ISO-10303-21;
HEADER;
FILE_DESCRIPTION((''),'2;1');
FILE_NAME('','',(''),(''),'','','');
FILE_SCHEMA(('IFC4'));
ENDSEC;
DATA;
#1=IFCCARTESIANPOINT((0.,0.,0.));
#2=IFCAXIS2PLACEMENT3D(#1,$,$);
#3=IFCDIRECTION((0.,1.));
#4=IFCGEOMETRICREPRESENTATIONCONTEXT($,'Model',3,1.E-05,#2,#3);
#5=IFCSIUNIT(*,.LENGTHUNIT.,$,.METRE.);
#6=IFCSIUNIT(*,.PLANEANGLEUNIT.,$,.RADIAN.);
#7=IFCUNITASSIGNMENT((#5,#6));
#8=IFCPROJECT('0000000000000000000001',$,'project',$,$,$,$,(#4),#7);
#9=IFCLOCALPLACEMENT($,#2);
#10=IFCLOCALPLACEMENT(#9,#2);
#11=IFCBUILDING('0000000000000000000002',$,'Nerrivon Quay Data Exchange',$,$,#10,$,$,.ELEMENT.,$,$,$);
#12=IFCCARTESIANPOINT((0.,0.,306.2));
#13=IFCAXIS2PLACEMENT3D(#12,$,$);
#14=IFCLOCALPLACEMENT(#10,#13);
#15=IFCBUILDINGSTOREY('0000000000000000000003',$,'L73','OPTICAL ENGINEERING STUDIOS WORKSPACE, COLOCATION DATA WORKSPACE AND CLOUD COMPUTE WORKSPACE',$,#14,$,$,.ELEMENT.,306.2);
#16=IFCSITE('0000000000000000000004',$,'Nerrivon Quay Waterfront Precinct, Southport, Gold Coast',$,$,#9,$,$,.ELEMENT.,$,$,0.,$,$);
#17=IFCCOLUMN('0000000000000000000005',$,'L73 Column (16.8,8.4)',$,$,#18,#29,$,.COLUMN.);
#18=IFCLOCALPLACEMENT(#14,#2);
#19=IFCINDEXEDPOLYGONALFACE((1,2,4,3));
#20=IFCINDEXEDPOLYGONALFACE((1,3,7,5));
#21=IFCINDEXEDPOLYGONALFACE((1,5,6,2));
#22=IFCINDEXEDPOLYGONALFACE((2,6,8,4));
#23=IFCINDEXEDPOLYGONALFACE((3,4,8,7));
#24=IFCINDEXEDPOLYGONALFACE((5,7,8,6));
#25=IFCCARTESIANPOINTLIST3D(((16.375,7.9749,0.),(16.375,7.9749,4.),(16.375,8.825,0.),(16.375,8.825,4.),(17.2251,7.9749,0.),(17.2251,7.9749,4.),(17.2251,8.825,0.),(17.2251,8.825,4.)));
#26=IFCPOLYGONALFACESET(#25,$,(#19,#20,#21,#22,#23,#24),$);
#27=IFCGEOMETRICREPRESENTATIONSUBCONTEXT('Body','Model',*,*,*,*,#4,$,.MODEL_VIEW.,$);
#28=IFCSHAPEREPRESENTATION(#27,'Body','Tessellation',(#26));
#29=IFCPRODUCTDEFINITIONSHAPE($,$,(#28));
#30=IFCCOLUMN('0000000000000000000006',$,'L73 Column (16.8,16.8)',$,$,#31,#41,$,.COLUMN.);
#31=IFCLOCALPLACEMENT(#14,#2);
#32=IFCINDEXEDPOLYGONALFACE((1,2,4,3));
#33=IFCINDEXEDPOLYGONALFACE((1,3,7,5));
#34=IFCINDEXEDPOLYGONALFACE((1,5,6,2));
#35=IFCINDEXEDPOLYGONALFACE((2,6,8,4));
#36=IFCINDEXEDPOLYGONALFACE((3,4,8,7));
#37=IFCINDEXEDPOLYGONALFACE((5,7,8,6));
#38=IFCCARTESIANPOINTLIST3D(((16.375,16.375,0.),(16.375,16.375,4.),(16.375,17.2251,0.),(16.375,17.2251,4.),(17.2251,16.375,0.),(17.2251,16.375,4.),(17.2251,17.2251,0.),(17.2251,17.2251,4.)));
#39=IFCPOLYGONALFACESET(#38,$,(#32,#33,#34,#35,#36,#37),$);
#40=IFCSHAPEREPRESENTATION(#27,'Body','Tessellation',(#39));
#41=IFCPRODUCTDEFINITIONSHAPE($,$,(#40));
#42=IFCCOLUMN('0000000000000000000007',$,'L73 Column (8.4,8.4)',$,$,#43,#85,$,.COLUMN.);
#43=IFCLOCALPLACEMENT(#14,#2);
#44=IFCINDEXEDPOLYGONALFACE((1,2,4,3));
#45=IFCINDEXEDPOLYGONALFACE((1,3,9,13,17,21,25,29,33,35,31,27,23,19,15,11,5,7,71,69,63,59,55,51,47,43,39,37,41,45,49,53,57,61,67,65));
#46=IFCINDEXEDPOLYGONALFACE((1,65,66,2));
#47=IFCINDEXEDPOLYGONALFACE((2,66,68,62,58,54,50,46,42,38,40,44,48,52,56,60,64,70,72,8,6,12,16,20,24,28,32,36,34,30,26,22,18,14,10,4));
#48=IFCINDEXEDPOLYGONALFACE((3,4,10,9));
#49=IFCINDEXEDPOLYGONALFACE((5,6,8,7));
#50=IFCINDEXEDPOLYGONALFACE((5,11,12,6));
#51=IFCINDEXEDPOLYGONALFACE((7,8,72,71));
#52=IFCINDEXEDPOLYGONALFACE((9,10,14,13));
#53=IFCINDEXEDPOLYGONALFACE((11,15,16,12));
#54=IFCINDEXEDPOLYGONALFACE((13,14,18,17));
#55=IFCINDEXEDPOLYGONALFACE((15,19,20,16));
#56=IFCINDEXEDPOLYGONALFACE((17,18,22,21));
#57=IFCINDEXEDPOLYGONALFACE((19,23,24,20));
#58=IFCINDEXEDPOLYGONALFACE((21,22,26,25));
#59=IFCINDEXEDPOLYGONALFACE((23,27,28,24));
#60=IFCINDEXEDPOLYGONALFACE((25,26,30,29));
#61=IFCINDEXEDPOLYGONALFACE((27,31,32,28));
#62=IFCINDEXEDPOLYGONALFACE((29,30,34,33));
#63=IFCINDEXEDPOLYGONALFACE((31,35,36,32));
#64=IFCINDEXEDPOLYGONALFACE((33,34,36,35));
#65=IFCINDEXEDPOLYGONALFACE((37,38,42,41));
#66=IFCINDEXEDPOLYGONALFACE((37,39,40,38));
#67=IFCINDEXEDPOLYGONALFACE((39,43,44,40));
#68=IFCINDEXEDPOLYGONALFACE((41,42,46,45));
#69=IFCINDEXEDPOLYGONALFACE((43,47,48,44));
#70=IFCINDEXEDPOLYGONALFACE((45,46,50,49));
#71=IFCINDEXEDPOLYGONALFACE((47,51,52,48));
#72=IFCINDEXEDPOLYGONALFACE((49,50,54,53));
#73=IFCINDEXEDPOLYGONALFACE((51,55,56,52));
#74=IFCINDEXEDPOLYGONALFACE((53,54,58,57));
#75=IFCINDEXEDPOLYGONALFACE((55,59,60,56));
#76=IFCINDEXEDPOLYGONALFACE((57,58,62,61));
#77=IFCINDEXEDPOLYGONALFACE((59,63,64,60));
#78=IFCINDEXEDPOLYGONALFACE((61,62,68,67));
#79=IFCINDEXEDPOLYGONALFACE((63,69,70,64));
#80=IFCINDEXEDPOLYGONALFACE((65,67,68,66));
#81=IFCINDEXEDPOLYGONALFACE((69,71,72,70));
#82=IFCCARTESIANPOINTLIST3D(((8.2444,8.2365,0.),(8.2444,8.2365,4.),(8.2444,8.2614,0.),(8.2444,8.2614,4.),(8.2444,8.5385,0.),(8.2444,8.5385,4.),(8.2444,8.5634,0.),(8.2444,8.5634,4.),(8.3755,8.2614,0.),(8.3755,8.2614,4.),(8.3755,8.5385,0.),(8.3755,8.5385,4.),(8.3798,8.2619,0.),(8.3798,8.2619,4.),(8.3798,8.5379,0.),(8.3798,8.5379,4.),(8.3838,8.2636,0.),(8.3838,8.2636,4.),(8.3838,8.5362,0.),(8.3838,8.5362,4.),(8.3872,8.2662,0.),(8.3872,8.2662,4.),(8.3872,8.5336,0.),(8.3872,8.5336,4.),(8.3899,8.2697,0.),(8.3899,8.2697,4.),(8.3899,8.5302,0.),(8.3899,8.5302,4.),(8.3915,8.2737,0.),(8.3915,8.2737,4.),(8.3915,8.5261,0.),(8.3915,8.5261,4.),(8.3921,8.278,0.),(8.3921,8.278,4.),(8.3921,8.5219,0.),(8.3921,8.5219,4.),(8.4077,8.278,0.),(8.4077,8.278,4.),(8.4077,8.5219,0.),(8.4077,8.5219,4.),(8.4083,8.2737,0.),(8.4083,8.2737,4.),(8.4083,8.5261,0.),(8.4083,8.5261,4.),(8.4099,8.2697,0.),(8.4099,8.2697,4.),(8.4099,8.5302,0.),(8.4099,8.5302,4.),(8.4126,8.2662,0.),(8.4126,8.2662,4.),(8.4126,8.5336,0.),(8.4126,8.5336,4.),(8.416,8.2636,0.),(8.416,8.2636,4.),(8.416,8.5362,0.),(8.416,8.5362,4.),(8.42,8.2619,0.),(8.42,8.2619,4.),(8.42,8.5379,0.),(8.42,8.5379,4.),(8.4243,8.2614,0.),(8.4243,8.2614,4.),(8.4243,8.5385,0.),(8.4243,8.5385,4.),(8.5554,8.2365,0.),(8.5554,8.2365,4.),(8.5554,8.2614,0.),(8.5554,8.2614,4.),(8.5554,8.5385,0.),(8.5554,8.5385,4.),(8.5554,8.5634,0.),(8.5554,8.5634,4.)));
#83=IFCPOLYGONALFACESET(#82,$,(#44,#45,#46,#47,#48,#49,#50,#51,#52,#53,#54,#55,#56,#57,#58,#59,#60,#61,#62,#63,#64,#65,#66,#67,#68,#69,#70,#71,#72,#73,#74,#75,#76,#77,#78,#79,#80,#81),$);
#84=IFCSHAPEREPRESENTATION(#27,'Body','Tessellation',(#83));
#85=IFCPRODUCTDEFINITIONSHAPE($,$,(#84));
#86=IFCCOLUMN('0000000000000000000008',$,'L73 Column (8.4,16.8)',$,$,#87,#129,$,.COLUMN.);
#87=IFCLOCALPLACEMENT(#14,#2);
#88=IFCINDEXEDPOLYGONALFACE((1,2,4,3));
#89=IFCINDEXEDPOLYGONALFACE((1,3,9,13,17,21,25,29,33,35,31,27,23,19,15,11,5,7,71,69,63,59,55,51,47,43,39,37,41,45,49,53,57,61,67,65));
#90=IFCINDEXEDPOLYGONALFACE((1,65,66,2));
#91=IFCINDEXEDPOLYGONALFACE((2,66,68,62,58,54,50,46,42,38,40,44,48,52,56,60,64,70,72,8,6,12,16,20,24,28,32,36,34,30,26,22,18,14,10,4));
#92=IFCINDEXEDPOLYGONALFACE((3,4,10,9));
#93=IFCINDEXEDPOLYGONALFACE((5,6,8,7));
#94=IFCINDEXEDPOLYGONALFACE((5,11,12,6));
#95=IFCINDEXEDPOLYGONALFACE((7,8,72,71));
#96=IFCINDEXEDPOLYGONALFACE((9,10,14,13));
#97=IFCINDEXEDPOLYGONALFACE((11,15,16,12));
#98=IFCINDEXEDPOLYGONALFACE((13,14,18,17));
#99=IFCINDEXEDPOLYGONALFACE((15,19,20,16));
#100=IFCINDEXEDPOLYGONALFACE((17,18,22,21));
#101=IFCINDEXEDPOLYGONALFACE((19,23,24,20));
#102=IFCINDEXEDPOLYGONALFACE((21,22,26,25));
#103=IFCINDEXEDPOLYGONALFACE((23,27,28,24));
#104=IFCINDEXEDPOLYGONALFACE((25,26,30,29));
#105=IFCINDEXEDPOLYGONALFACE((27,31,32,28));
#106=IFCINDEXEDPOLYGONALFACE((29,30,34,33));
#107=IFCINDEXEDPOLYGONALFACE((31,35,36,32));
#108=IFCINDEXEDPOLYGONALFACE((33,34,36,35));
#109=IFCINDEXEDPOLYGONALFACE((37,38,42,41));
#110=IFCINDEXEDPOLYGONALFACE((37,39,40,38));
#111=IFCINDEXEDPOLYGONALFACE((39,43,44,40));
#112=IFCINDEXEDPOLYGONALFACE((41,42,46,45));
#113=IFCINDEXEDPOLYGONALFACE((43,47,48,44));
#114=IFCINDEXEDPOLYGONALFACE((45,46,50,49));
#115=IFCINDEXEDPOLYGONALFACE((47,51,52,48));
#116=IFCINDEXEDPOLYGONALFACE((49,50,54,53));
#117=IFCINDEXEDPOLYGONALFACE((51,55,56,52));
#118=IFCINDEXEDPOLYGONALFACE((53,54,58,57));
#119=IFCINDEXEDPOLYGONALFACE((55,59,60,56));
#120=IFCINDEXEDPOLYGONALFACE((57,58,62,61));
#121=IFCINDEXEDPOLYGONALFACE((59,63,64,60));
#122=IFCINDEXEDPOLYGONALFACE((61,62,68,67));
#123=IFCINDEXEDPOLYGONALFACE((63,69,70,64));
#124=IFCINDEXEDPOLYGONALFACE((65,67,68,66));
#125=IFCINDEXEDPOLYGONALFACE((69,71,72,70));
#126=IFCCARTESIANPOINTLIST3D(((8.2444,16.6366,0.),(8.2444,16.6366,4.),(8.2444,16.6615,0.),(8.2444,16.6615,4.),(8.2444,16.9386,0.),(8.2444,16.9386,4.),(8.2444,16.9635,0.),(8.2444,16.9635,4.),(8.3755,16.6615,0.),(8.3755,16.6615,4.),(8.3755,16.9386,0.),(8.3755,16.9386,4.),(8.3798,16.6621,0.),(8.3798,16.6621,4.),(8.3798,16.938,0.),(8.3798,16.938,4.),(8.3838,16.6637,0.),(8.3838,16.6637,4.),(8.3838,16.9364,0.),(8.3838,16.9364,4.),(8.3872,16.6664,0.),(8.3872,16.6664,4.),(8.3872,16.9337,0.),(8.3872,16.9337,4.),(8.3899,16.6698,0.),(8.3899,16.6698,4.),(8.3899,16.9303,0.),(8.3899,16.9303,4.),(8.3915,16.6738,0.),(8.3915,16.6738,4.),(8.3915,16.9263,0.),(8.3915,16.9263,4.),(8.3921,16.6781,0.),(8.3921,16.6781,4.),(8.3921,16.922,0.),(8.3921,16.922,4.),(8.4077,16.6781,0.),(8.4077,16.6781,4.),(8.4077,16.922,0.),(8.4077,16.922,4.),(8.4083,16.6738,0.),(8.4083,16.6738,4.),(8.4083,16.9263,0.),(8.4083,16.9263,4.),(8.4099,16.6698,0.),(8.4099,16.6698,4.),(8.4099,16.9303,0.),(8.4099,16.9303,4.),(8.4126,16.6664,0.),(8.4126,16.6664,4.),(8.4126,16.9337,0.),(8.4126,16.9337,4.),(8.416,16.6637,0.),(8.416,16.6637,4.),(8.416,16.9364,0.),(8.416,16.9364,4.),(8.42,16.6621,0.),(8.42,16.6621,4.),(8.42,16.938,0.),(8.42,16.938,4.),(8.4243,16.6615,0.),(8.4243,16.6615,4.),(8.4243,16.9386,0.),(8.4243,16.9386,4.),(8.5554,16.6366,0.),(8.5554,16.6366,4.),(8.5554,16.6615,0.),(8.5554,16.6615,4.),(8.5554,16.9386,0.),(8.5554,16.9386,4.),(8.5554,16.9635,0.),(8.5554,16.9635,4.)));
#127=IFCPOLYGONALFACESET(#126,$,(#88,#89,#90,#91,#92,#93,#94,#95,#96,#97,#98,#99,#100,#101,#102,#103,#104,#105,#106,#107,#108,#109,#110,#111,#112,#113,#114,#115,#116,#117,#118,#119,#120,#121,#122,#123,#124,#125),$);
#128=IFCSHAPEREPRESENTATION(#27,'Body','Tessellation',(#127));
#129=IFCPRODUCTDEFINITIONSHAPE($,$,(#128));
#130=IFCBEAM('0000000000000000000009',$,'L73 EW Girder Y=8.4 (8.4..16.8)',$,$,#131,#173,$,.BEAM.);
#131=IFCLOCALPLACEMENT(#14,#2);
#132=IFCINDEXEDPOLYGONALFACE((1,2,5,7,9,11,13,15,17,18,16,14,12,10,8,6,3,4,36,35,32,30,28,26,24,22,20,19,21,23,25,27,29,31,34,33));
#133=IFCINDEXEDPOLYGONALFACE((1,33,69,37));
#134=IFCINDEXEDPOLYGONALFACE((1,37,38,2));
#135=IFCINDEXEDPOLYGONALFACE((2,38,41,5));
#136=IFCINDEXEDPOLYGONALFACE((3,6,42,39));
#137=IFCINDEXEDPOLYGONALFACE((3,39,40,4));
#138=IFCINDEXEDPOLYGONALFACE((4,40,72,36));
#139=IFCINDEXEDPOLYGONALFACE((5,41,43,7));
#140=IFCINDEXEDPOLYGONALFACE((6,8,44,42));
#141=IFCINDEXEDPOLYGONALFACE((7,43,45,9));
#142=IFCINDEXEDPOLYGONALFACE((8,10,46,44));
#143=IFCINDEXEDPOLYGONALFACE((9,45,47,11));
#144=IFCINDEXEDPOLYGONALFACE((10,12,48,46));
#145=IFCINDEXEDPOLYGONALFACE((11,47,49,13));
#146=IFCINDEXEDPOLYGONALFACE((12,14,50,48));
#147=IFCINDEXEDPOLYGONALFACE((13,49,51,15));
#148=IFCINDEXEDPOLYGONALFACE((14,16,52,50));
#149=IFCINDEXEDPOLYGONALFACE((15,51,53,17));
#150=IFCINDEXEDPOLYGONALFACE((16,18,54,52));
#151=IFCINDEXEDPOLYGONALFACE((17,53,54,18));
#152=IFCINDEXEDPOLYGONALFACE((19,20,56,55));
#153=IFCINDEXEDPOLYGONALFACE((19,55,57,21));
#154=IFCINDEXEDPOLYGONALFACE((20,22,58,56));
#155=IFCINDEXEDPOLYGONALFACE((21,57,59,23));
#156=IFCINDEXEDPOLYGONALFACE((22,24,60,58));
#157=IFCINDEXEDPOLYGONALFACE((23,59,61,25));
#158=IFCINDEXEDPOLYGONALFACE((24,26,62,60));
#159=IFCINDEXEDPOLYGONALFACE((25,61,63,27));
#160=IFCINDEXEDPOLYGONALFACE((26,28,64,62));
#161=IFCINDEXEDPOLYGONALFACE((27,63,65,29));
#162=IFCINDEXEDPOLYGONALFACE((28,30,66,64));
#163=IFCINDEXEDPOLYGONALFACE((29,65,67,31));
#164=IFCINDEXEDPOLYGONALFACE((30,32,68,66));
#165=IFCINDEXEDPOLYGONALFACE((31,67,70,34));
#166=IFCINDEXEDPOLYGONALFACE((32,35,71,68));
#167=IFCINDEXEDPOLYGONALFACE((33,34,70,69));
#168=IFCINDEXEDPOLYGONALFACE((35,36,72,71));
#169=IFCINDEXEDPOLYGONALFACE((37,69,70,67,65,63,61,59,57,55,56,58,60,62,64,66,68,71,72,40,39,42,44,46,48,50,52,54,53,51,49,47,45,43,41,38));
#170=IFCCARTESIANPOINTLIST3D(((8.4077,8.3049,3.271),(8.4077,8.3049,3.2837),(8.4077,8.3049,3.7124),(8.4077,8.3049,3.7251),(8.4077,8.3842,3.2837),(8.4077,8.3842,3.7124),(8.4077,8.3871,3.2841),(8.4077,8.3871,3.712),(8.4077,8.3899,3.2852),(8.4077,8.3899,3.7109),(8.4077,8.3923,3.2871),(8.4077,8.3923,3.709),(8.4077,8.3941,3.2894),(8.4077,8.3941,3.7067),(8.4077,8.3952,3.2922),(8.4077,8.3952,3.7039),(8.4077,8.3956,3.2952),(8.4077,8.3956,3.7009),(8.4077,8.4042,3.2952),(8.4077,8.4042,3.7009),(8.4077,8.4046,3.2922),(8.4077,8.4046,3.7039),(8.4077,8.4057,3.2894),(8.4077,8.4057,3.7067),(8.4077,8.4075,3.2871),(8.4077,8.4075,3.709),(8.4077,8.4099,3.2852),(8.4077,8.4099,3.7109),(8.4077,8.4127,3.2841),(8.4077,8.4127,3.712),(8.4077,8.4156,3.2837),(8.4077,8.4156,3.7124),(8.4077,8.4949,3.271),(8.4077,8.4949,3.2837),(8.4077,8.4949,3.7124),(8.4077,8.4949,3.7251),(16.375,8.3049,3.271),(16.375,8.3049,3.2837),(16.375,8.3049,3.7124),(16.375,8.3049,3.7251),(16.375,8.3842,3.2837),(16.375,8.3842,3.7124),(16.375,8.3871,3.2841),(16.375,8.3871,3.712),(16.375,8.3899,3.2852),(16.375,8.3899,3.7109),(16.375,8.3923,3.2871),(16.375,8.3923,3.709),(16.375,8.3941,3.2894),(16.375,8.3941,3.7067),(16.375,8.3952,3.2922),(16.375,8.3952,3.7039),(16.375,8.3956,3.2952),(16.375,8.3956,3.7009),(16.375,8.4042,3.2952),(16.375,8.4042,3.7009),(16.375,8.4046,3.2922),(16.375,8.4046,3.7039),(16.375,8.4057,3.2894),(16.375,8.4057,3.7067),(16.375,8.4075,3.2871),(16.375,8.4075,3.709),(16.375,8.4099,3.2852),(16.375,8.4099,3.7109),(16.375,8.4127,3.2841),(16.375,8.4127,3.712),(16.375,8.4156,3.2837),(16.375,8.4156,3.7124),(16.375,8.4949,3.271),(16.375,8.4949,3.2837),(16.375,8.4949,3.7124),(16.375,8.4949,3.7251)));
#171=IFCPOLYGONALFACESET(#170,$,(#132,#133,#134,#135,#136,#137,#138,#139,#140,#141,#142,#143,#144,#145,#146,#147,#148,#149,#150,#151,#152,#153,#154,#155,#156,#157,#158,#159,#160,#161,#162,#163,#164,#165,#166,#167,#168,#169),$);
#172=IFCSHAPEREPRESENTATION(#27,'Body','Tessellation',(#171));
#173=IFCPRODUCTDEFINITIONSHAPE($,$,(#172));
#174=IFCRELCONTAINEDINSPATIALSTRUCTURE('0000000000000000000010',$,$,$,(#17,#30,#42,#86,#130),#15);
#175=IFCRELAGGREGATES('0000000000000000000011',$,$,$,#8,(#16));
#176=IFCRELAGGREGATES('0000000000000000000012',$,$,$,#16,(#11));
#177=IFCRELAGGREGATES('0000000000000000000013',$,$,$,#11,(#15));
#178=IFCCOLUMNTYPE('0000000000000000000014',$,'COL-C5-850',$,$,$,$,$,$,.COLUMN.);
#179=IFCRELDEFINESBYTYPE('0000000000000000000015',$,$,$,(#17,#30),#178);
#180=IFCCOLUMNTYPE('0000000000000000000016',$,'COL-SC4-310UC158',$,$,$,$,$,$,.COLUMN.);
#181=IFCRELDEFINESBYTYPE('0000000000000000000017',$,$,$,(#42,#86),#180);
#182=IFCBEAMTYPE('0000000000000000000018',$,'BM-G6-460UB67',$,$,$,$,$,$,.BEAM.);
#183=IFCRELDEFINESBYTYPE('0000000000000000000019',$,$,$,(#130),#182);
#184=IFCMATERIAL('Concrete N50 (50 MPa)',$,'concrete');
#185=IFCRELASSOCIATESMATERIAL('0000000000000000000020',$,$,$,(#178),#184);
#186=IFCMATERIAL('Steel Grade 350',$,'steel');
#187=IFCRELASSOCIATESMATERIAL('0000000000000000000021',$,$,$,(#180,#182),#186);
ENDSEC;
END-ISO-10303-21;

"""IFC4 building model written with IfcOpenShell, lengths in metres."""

from ifc_helpers import new_model, si_unit, direction, frame, origin, origin_2d, place, context, subcontext, project, spatial, rectangle, i_section, extrude, material, material_profile, profile_set, type_object, element, save


model = new_model("IFC4")

# Units and contexts
model_context = context("Model", 3, precision=1e-05, world=origin(), true_north=direction((0.0, 1.0)))
body_context = subcontext(model_context, "Body", "Model", "MODEL_VIEW")
ifc_project = project(units=[si_unit("LENGTHUNIT", "METRE"), si_unit("PLANEANGLEUNIT", "RADIAN")], contexts=[model_context])

# Site, building, storey
site_placement = place(None, origin())
site = spatial("IfcSite", under=ifc_project, at=site_placement, Name="Nerrivon Quay Waterfront Precinct, Southport, Gold Coast", CompositionType="ELEMENT", RefElevation=0.0)
building_placement = place(site_placement, origin())
building = spatial("IfcBuilding", under=site, at=building_placement, Name="Nerrivon Quay Data Exchange", CompositionType="ELEMENT")
storey_placement = place(building_placement, frame((0.0, 0.0, 306.2)))
storey = spatial("IfcBuildingStorey", under=building, at=storey_placement, Name="L73", Description="OPTICAL ENGINEERING STUDIOS WORKSPACE, COLOCATION DATA WORKSPACE AND CLOUD COMPUTE WORKSPACE", CompositionType="ELEMENT", Elevation=306.2)

# Columns
ifc_material_1 = material(Name="Concrete N50 (50 MPa)", Category="concrete")
ifc_material_profile_1 = material_profile(ifc_material_1, rectangle(XDim=0.8501, YDim=0.8501, at=origin_2d()), Name="RC-COL-850x850")
ifc_profile_set_1 = profile_set([ifc_material_profile_1], Name="Concrete N50 (50 MPa)")
column_type_1 = type_object("IfcColumnType", Name="COL-C5-850", PredefinedType="COLUMN", material=ifc_profile_set_1)
for number, where, z_axis, x_axis, name in (
    (1, (16.8, 8.3999, 0.0), (0.0, 0.0, 1.0), (1.0, 0.0, 0.0), "L73 Column (16.8,8.4)"),
    (2, (16.8, 16.8, 0.0), (0.0, 0.0, 1.0), (1.0, 0.0, 0.0), "L73 Column (16.8,16.8)"),
):
    element("IfcColumn", number, at=place(storey_placement, frame(where, z_axis=z_axis, x_axis=x_axis)), inside=storey, type_object=column_type_1, Name=name, PredefinedType="COLUMN", context=body_context, shape_type="SweptSolid", body=[
        extrude(rectangle(XDim=0.8501, YDim=0.8501, at=origin_2d()), origin(), (0.0, 0.0, 1.0), 4.0),
    ])
ifc_material_2 = material(Name="Steel Grade 350", Category="steel")
ifc_material_profile_2 = material_profile(ifc_material_2, i_section(OverallWidth=0.311, OverallDepth=0.3269, WebThickness=0.0156, FlangeThickness=0.0249, FilletRadius=0.0166, at=origin_2d()), Name="310UC158")
ifc_profile_set_2 = profile_set([ifc_material_profile_2], Name="Steel Grade 350")
column_type_2 = type_object("IfcColumnType", Name="COL-SC4-310UC158", PredefinedType="COLUMN", material=ifc_profile_set_2)
for number, where, z_axis, x_axis, name in (
    (3, (8.3999, 8.3999, 0.0), (0.0, 0.0, 1.0), (1.0, 0.0, 0.0), "L73 Column (8.4,8.4)"),
    (4, (8.3999, 16.8, 0.0), (0.0, 0.0, 1.0), (1.0, 0.0, 0.0), "L73 Column (8.4,16.8)"),
):
    element("IfcColumn", number, at=place(storey_placement, frame(where, z_axis=z_axis, x_axis=x_axis)), inside=storey, type_object=column_type_2, Name=name, PredefinedType="COLUMN", context=body_context, shape_type="SweptSolid", body=[
        extrude(i_section(OverallWidth=0.311, OverallDepth=0.3269, WebThickness=0.0156, FlangeThickness=0.0249, FilletRadius=0.0166, at=origin_2d()), origin(), (0.0, 0.0, 1.0), 4.0),
    ])

# Beam
ifc_material_profile_3 = material_profile(ifc_material_2, i_section(OverallWidth=0.1899, OverallDepth=0.4541, WebThickness=0.0085, FlangeThickness=0.0127, FilletRadius=0.0115, at=origin_2d()), Name="460UB67.1")
ifc_profile_set_3 = profile_set([ifc_material_profile_3], Name="Steel Grade 350")
beam_type_1 = type_object("IfcBeamType", Name="BM-G6-460UB67", PredefinedType="BEAM", material=ifc_profile_set_3)
for number, where, z_axis, x_axis, name in (
    (5, (8.4077, 8.3999, 3.498), (1.0, 0.0, 0.0), (0.0, 1.0, 0.0), "L73 EW Girder Y=8.4 (8.4..16.8)"),
):
    element("IfcBeam", number, at=place(storey_placement, frame(where, z_axis=z_axis, x_axis=x_axis)), inside=storey, type_object=beam_type_1, Name=name, PredefinedType="BEAM", context=body_context, shape_type="SweptSolid", body=[
        extrude(i_section(OverallWidth=0.1899, OverallDepth=0.4541, WebThickness=0.0085, FlangeThickness=0.0127, FilletRadius=0.0115, at=origin_2d()), origin(), (0.0, 0.0, 1.0), 7.9673),
    ])

save(model, "model.ifc")
